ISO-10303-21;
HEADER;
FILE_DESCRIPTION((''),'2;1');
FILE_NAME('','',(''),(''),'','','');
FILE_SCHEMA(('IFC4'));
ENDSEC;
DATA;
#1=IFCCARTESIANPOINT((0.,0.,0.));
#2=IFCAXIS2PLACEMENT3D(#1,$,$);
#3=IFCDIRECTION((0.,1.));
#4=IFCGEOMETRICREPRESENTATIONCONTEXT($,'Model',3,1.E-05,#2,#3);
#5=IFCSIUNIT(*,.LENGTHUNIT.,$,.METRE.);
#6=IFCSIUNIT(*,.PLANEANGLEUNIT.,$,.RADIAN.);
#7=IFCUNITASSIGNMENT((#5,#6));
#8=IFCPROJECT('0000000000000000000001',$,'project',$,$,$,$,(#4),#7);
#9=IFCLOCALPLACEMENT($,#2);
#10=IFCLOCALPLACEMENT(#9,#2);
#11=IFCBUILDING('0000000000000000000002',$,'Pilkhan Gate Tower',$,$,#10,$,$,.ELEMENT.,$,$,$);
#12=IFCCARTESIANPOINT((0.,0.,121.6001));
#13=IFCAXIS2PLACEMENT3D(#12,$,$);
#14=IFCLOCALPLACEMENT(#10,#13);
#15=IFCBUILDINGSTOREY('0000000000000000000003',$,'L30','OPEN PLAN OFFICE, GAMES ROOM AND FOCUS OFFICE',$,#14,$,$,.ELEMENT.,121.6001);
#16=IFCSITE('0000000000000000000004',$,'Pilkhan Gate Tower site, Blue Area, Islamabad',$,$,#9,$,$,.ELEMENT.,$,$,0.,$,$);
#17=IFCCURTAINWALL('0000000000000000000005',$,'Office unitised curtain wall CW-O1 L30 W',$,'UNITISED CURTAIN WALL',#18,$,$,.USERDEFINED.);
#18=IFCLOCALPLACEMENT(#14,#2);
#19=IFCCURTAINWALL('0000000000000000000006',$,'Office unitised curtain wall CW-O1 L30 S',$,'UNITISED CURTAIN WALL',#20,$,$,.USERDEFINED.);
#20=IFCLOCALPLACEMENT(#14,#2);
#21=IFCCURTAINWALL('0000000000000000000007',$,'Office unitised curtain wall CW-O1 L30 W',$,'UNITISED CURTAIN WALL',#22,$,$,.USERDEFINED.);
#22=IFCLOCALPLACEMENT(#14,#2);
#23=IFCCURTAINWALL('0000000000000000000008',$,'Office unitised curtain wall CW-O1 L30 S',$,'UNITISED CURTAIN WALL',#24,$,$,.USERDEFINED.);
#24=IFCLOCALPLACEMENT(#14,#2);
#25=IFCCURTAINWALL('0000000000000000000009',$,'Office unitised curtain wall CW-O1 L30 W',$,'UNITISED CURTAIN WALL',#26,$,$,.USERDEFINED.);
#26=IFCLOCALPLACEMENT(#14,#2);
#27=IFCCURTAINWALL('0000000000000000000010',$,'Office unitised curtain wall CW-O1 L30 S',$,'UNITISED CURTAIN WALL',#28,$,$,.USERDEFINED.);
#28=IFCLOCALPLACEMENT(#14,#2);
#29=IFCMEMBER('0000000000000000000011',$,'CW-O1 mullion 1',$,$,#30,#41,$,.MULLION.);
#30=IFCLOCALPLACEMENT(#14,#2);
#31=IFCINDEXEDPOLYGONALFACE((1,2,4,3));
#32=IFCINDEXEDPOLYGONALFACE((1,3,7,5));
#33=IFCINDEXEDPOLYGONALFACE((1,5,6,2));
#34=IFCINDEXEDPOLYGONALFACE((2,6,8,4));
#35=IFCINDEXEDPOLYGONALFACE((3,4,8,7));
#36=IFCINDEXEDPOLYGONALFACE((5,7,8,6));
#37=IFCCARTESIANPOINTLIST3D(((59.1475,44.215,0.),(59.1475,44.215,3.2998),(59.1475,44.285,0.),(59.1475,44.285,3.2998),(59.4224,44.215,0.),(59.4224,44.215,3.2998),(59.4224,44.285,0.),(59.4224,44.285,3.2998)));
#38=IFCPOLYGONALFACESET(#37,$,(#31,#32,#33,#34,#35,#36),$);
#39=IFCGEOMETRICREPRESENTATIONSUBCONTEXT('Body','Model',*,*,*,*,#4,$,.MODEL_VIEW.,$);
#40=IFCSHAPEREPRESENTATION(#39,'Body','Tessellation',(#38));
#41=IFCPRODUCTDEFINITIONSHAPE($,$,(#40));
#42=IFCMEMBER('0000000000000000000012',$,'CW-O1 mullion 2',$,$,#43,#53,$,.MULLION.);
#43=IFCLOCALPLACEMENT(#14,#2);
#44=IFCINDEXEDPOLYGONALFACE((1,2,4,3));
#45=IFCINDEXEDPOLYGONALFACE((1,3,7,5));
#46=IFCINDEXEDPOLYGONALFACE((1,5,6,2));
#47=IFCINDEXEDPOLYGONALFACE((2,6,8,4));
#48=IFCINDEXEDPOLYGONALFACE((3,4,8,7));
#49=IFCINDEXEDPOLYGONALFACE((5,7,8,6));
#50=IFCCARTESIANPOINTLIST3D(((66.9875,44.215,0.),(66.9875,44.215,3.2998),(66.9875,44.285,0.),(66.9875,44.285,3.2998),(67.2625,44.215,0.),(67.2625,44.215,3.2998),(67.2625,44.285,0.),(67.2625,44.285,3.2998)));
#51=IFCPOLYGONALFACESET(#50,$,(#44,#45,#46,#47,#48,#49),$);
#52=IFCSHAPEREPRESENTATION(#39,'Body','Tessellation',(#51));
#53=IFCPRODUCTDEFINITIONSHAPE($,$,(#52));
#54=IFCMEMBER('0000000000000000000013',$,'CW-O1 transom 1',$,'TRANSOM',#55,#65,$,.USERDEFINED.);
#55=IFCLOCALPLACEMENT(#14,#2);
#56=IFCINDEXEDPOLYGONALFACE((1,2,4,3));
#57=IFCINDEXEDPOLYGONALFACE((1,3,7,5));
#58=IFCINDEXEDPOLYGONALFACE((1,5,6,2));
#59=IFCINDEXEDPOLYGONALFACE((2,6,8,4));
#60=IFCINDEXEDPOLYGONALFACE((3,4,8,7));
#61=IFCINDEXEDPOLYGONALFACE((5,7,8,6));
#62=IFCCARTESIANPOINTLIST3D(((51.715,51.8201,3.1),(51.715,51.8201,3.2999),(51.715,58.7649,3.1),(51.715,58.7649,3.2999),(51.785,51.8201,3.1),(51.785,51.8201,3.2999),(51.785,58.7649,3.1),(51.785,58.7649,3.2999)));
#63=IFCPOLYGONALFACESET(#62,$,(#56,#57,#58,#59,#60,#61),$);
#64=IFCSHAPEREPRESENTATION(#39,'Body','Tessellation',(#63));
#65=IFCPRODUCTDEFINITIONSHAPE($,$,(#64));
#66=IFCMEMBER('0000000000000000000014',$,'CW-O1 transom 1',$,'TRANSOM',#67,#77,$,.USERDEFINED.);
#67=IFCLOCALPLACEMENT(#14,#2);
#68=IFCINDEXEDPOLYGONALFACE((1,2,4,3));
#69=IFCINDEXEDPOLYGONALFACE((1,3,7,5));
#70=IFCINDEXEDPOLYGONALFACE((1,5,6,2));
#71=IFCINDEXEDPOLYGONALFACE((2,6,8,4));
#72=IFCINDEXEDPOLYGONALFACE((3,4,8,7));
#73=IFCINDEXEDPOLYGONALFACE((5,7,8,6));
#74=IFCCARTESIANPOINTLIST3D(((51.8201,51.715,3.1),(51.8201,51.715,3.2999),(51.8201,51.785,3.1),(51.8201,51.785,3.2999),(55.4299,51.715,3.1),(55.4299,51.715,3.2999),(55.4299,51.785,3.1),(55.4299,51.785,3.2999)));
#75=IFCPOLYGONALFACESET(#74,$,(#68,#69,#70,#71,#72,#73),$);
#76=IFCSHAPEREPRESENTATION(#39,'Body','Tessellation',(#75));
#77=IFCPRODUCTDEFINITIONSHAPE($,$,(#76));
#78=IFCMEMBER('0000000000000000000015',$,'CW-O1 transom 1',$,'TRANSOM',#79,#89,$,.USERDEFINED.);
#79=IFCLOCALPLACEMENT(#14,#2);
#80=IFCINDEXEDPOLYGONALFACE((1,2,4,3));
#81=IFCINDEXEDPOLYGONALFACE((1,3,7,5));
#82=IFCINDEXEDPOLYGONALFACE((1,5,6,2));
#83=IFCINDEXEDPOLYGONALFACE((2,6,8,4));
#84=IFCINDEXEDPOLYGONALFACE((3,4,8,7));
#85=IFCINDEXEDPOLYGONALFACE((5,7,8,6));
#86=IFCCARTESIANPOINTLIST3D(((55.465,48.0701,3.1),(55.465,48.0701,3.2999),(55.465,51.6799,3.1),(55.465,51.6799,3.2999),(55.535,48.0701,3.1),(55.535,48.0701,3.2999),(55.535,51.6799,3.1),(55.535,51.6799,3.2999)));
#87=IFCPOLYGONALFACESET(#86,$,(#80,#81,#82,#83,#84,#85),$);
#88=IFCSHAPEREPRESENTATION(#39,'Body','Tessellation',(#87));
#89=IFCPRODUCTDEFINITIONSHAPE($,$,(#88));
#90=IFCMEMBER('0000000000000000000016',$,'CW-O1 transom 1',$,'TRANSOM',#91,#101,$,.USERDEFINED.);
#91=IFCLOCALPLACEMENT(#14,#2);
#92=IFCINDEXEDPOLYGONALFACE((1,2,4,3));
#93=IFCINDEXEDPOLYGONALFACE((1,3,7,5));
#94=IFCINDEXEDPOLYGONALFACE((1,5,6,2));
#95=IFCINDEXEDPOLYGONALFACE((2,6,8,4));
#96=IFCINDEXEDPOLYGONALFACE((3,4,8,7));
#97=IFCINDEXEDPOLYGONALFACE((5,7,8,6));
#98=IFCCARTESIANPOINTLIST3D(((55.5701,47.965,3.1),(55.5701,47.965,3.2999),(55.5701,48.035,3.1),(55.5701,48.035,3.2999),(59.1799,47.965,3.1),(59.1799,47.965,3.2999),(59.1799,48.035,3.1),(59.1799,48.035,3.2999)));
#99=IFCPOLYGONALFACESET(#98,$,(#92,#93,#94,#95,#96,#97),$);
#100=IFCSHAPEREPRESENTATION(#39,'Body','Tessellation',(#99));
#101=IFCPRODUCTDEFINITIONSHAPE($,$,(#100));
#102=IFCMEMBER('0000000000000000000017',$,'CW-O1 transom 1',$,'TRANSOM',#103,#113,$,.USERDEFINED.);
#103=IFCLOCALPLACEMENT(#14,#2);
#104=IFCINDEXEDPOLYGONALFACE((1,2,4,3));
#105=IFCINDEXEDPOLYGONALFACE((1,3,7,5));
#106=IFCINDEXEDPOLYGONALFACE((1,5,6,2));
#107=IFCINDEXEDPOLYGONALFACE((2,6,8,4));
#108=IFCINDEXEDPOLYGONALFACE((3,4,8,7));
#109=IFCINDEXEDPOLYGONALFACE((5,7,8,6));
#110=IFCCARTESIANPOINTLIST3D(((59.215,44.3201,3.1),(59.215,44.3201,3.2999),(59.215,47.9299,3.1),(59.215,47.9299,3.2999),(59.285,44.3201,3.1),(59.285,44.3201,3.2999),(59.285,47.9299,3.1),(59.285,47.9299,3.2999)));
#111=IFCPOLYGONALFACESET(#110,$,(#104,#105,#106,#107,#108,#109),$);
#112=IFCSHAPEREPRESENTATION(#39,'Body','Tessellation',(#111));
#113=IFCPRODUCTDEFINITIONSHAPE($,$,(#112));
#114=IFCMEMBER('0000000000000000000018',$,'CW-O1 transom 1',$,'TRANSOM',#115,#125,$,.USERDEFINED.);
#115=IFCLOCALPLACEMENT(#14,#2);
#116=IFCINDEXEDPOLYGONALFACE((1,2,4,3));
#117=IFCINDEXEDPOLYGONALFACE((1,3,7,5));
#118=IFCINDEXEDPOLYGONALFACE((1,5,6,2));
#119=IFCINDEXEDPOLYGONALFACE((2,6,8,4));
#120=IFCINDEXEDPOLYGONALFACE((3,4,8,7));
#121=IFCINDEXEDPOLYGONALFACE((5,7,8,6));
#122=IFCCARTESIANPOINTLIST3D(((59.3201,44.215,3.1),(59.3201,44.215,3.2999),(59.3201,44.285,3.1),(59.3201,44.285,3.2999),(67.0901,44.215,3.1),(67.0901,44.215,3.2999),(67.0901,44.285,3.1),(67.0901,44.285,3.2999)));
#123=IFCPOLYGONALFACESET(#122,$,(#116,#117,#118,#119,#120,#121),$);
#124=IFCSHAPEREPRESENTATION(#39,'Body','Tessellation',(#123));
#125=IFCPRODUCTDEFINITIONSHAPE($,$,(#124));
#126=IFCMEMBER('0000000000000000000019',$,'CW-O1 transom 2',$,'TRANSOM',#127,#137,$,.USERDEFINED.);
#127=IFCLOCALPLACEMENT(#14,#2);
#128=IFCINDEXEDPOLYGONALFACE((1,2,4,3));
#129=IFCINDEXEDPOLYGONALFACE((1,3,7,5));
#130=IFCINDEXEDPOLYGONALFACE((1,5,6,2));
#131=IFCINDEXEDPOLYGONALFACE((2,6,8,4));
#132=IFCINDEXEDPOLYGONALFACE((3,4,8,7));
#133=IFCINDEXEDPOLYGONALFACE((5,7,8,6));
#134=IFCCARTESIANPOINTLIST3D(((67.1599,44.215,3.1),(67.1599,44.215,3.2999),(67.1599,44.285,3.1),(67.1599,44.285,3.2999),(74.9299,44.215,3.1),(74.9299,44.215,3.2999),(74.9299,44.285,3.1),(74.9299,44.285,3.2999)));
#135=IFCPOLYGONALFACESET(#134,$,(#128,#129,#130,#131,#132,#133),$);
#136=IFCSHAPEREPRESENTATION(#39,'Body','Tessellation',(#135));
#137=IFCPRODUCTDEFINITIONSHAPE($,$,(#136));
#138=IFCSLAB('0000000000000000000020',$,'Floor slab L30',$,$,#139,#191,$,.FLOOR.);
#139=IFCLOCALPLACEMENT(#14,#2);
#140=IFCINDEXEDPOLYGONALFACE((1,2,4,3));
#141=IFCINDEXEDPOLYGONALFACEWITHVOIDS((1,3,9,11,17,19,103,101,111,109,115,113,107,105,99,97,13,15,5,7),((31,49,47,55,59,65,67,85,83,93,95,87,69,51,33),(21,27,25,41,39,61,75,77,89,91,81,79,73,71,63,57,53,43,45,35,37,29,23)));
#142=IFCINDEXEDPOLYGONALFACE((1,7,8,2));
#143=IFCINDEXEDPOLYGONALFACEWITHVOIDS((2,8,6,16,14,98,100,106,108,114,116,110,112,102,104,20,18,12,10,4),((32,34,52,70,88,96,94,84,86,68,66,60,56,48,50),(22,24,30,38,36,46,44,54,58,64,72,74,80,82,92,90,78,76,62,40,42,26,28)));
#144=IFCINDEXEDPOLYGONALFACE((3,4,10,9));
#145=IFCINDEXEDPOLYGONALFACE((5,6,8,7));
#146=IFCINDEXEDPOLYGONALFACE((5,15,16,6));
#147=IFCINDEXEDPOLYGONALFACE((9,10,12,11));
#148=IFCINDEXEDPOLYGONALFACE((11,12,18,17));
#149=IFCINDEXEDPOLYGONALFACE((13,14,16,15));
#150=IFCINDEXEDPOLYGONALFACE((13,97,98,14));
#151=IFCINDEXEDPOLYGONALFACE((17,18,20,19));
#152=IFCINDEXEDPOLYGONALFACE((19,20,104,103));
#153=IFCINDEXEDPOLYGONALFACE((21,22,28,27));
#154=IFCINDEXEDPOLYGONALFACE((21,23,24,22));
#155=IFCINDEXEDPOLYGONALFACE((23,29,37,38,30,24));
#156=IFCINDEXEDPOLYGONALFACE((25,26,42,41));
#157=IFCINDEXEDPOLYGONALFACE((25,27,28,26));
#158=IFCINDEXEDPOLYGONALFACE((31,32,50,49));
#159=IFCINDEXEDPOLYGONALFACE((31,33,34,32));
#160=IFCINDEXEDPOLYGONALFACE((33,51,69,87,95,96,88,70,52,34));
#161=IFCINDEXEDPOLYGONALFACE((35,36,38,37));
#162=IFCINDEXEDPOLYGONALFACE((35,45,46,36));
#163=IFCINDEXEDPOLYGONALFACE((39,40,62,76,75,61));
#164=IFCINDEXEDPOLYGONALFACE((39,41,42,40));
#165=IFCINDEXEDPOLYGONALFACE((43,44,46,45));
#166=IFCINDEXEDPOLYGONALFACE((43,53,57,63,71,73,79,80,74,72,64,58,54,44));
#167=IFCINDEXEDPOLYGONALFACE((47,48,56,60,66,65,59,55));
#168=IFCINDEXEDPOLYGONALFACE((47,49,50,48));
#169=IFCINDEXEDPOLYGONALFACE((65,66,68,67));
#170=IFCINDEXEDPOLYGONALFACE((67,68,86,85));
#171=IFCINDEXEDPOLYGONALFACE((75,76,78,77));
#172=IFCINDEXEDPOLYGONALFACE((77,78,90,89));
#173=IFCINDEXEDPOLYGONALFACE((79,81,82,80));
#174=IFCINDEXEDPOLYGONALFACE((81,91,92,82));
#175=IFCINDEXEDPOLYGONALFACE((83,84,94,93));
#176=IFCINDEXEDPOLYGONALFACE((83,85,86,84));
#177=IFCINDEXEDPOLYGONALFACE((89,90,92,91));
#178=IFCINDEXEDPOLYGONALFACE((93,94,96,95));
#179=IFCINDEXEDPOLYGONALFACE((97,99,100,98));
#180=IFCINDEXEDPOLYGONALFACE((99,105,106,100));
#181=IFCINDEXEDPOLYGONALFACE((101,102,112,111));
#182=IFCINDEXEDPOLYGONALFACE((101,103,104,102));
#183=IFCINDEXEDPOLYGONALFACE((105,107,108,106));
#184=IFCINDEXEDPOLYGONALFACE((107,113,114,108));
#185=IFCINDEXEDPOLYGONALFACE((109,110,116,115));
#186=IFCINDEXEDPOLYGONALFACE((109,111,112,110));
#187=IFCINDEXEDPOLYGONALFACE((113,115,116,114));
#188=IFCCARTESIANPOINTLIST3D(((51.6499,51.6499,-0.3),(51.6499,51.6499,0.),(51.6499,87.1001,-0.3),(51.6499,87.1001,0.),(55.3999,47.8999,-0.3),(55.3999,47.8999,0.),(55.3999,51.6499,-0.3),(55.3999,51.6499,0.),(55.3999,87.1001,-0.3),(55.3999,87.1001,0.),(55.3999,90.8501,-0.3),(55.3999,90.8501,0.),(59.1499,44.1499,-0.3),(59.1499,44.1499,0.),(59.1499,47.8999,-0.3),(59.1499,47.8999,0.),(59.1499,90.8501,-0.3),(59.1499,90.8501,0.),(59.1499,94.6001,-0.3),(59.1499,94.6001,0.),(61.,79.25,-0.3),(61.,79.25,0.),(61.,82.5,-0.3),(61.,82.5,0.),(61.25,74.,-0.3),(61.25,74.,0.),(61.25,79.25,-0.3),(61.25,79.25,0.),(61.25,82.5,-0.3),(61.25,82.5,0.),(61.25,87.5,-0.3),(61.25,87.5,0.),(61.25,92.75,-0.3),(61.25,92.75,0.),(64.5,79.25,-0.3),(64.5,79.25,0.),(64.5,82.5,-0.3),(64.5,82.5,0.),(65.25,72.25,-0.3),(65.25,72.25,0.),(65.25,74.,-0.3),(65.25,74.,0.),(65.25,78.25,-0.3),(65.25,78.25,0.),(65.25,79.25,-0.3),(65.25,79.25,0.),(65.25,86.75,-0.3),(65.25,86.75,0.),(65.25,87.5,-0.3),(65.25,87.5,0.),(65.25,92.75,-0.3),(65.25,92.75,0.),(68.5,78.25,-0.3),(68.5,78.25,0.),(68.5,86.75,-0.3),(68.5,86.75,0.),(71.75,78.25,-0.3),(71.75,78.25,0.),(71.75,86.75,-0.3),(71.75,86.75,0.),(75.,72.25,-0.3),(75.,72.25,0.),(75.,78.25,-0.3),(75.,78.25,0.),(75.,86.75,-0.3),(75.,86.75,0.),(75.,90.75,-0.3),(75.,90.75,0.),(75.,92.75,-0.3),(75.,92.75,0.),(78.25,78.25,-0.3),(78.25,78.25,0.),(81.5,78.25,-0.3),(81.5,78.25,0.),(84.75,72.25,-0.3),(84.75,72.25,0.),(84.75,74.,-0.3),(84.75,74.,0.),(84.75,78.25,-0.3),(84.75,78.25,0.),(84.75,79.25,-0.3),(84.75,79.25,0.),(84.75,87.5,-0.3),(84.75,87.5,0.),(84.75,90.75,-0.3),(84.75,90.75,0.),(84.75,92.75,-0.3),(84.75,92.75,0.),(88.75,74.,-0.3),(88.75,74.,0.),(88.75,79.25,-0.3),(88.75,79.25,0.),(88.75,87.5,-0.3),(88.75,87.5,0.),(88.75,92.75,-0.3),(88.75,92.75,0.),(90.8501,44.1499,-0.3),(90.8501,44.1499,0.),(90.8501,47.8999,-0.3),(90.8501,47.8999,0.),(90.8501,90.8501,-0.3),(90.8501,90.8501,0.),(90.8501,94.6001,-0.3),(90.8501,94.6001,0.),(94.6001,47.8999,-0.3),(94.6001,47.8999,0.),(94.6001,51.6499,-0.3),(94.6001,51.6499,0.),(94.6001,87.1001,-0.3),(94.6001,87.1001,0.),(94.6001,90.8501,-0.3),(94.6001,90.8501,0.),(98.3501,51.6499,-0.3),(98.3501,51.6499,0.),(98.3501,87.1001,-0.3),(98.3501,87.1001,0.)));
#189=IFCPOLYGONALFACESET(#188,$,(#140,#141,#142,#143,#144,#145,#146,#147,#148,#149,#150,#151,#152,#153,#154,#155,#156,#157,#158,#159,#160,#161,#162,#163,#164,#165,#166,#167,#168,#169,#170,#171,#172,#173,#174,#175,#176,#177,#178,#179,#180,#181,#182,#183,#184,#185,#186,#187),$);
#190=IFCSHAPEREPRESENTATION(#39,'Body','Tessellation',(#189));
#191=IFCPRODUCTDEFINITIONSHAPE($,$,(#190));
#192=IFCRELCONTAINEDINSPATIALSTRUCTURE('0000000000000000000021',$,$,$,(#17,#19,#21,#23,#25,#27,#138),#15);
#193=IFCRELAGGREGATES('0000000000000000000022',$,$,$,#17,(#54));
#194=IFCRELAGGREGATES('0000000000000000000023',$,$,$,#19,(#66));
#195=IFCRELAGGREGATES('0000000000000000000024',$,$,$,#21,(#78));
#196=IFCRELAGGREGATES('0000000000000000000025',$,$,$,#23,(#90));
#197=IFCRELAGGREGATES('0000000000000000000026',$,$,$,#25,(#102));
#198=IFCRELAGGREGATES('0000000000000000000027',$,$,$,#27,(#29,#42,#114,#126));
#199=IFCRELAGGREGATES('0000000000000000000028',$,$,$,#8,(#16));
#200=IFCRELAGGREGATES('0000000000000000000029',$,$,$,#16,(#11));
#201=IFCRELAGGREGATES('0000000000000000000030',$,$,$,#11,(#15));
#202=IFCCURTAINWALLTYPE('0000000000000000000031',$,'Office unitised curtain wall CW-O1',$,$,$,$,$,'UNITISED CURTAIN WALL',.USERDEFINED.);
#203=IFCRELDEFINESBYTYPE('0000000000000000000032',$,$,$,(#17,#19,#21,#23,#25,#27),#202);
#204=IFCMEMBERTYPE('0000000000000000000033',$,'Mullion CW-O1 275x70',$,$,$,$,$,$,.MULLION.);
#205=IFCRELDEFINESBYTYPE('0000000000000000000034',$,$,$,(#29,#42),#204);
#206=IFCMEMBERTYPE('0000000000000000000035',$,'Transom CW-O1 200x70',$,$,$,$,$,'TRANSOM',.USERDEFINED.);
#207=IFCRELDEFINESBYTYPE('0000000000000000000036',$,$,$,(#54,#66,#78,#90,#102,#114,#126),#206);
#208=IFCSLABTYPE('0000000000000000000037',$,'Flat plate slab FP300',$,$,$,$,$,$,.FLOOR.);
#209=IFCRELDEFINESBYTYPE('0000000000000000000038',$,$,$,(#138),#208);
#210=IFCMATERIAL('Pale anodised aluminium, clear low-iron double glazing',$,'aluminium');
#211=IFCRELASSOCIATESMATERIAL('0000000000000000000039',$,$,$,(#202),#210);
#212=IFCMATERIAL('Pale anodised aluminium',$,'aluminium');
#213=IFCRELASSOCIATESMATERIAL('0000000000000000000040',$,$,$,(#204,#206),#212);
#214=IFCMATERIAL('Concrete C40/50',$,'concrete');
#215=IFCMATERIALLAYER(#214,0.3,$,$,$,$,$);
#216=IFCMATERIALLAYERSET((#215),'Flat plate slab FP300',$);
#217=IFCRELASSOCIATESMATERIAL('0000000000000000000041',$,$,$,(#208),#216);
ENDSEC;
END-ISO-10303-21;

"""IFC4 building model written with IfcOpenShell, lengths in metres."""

from ifc_helpers import new_model, si_unit, direction, frame, origin, origin_2d, place, context, subcontext, project, spatial, polyline, rectangle, outline, extrude, material, layer, layer_set, material_profile, profile_set, type_object, element, aggregate, save


model = new_model("IFC4")

# Units and contexts
model_context = context("Model", 3, precision=1e-05, world=origin(), true_north=direction((0.0, 1.0)))
body_context = subcontext(model_context, "Body", "Model", "MODEL_VIEW")
ifc_project = project(units=[si_unit("LENGTHUNIT", "METRE"), si_unit("PLANEANGLEUNIT", "RADIAN")], contexts=[model_context])

# Site, building, storey
site_placement = place(None, origin())
site = spatial("IfcSite", under=ifc_project, at=site_placement, Name="Pilkhan Gate Tower site, Blue Area, Islamabad", CompositionType="ELEMENT", RefElevation=0.0)
building_placement = place(site_placement, origin())
building = spatial("IfcBuilding", under=site, at=building_placement, Name="Pilkhan Gate Tower", CompositionType="ELEMENT")
storey_placement = place(building_placement, frame((0.0, 0.0, 121.6001)))
storey = spatial("IfcBuildingStorey", under=building, at=storey_placement, Name="L30", Description="OPEN PLAN OFFICE, GAMES ROOM AND FOCUS OFFICE", CompositionType="ELEMENT", Elevation=121.6001)

# Curtain wall
ifc_material_1 = material(Name="Pale anodised aluminium, clear low-iron double glazing", Category="aluminium")
curtain_wall_type = type_object("IfcCurtainWallType", Name="Office unitised curtain wall CW-O1", ElementType="UNITISED CURTAIN WALL", PredefinedType="USERDEFINED", material=ifc_material_1)
curtain_wall_1_placement = place(storey_placement, origin())
curtain_wall_1 = element("IfcCurtainWall", 1, at=curtain_wall_1_placement, inside=storey, type_object=curtain_wall_type, Name="Office unitised curtain wall CW-O1 L30 W", ObjectType="UNITISED CURTAIN WALL", PredefinedType="USERDEFINED")
ifc_material_2 = material(Name="Pale anodised aluminium", Category="aluminium")
ifc_material_profile_1 = material_profile(ifc_material_2, rectangle(XDim=0.0701, YDim=0.2749, at=origin_2d()), Name="Mullion 275x70")
ifc_profile_set_1 = profile_set([ifc_material_profile_1], Name="Pale anodised aluminium")
member_type_1 = type_object("IfcMemberType", Name="Mullion CW-O1 275x70", PredefinedType="MULLION", material=ifc_profile_set_1)

# Curtain walls, members
curtain_wall_2_placement = place(storey_placement, origin())
curtain_wall_2 = element("IfcCurtainWall", 2, at=curtain_wall_2_placement, inside=storey, type_object=curtain_wall_type, Name="Office unitised curtain wall CW-O1 L30 S", ObjectType="UNITISED CURTAIN WALL", PredefinedType="USERDEFINED")
curtain_wall_3_placement = place(storey_placement, origin())
curtain_wall_3 = element("IfcCurtainWall", 3, at=curtain_wall_3_placement, inside=storey, type_object=curtain_wall_type, Name="Office unitised curtain wall CW-O1 L30 W", ObjectType="UNITISED CURTAIN WALL", PredefinedType="USERDEFINED")
curtain_wall_4_placement = place(storey_placement, origin())
curtain_wall_4 = element("IfcCurtainWall", 4, at=curtain_wall_4_placement, inside=storey, type_object=curtain_wall_type, Name="Office unitised curtain wall CW-O1 L30 S", ObjectType="UNITISED CURTAIN WALL", PredefinedType="USERDEFINED")
curtain_wall_5_placement = place(storey_placement, origin())
curtain_wall_5 = element("IfcCurtainWall", 5, at=curtain_wall_5_placement, inside=storey, type_object=curtain_wall_type, Name="Office unitised curtain wall CW-O1 L30 W", ObjectType="UNITISED CURTAIN WALL", PredefinedType="USERDEFINED")
curtain_wall_6_placement = place(storey_placement, origin())
curtain_wall_6 = element("IfcCurtainWall", 6, at=curtain_wall_6_placement, inside=storey, type_object=curtain_wall_type, Name="Office unitised curtain wall CW-O1 L30 S", ObjectType="UNITISED CURTAIN WALL", PredefinedType="USERDEFINED")
member_1_placement = place(storey_placement, frame((59.2849, 44.25, 0.0), z_axis=(0.0, 0.0, 1.0), x_axis=(0.0, 1.0, 0.0)))
member_1 = element("IfcMember", 7, at=member_1_placement, type_object=member_type_1, Name="CW-O1 mullion 1", PredefinedType="MULLION", context=body_context, shape_type="SweptSolid", body=[
    extrude(rectangle(XDim=0.0701, YDim=0.2749, at=origin_2d()), origin(), (0.0, 0.0, 1.0), 3.2998),
])
member_2_placement = place(storey_placement, frame((67.125, 44.25, 0.0), z_axis=(0.0, 0.0, 1.0), x_axis=(0.0, 1.0, 0.0)))
member_2 = element("IfcMember", 8, at=member_2_placement, type_object=member_type_1, Name="CW-O1 mullion 2", PredefinedType="MULLION", context=body_context, shape_type="SweptSolid", body=[
    extrude(rectangle(XDim=0.0701, YDim=0.2749, at=origin_2d()), origin(), (0.0, 0.0, 1.0), 3.2998),
])

# Members
ifc_material_profile_2 = material_profile(ifc_material_2, rectangle(XDim=0.0701, YDim=0.2, at=origin_2d()), Name="Transom 200x70")
ifc_profile_set_2 = profile_set([ifc_material_profile_2], Name="Pale anodised aluminium")
member_type_2 = type_object("IfcMemberType", Name="Transom CW-O1 200x70", ElementType="TRANSOM", PredefinedType="USERDEFINED", material=ifc_profile_set_2)
member_3_placement = place(storey_placement, frame((51.75, 51.8201, 3.2), z_axis=(0.0, 1.0, 0.0), x_axis=(-1.0, 0.0, 0.0)))
member_3 = element("IfcMember", 9, at=member_3_placement, type_object=member_type_2, Name="CW-O1 transom 1", ObjectType="TRANSOM", PredefinedType="USERDEFINED", context=body_context, shape_type="SweptSolid", body=[
    extrude(rectangle(XDim=0.0701, YDim=0.2, at=origin_2d()), origin(), (0.0, 0.0, 1.0), 6.9448),
])
aggregate(curtain_wall_1, [member_3])
member_4_placement = place(storey_placement, frame((51.8201, 51.75, 3.2), z_axis=(1.0, 0.0, 0.0), x_axis=(0.0, 1.0, 0.0)))
member_4 = element("IfcMember", 10, at=member_4_placement, type_object=member_type_2, Name="CW-O1 transom 1", ObjectType="TRANSOM", PredefinedType="USERDEFINED", context=body_context, shape_type="SweptSolid", body=[
    extrude(rectangle(XDim=0.0701, YDim=0.2, at=origin_2d()), origin(), (0.0, 0.0, 1.0), 3.6099),
])
member_5_placement = place(storey_placement, frame((55.5, 48.0701, 3.2), z_axis=(0.0, 1.0, 0.0), x_axis=(-1.0, 0.0, 0.0)))
member_5 = element("IfcMember", 11, at=member_5_placement, type_object=member_type_2, Name="CW-O1 transom 1", ObjectType="TRANSOM", PredefinedType="USERDEFINED", context=body_context, shape_type="SweptSolid", body=[
    extrude(rectangle(XDim=0.0701, YDim=0.2, at=origin_2d()), origin(), (0.0, 0.0, 1.0), 3.6099),
])
member_6_placement = place(storey_placement, frame((55.5701, 48.0, 3.2), z_axis=(1.0, 0.0, 0.0), x_axis=(0.0, 1.0, 0.0)))
member_6 = element("IfcMember", 12, at=member_6_placement, type_object=member_type_2, Name="CW-O1 transom 1", ObjectType="TRANSOM", PredefinedType="USERDEFINED", context=body_context, shape_type="SweptSolid", body=[
    extrude(rectangle(XDim=0.0701, YDim=0.2, at=origin_2d()), origin(), (0.0, 0.0, 1.0), 3.6099),
])
member_7_placement = place(storey_placement, frame((59.25, 44.3201, 3.2), z_axis=(0.0, 1.0, 0.0), x_axis=(-1.0, 0.0, 0.0)))
member_7 = element("IfcMember", 13, at=member_7_placement, type_object=member_type_2, Name="CW-O1 transom 1", ObjectType="TRANSOM", PredefinedType="USERDEFINED", context=body_context, shape_type="SweptSolid", body=[
    extrude(rectangle(XDim=0.0701, YDim=0.2, at=origin_2d()), origin(), (0.0, 0.0, 1.0), 3.6099),
])
member_8_placement = place(storey_placement, frame((59.3201, 44.25, 3.2), z_axis=(1.0, 0.0, 0.0), x_axis=(0.0, 1.0, 0.0)))
member_8 = element("IfcMember", 14, at=member_8_placement, type_object=member_type_2, Name="CW-O1 transom 1", ObjectType="TRANSOM", PredefinedType="USERDEFINED", context=body_context, shape_type="SweptSolid", body=[
    extrude(rectangle(XDim=0.0701, YDim=0.2, at=origin_2d()), origin(), (0.0, 0.0, 1.0), 7.77),
])
member_9_placement = place(storey_placement, frame((67.1599, 44.25, 3.2), z_axis=(1.0, 0.0, 0.0), x_axis=(0.0, 1.0, 0.0)))
member_9 = element("IfcMember", 15, at=member_9_placement, type_object=member_type_2, Name="CW-O1 transom 2", ObjectType="TRANSOM", PredefinedType="USERDEFINED", context=body_context, shape_type="SweptSolid", body=[
    extrude(rectangle(XDim=0.0701, YDim=0.2, at=origin_2d()), origin(), (0.0, 0.0, 1.0), 7.77),
])

# Slab
ifc_material_3 = material(Name="Concrete C40/50", Category="concrete")
ifc_layer_1 = layer(ifc_material_3, 0.3)
ifc_layer_set_1 = layer_set([ifc_layer_1], Name="Flat plate slab FP300")
slab_type_1 = type_object("IfcSlabType", Name="Flat plate slab FP300", PredefinedType="FLOOR", material=ifc_layer_set_1)
slab_1_placement = place(storey_placement, frame((0.0, 0.0, -0.3)))
element("IfcSlab", 16, at=slab_1_placement, inside=storey, type_object=slab_type_1, Name="Floor slab L30", PredefinedType="FLOOR", context=body_context, shape_type="SweptSolid", body=[
    extrude(outline(polyline([(94.6001, 47.8999), (90.8501, 47.8999), (90.8501, 44.1499), (59.1499, 44.1499), (59.1499, 47.8999), (55.3999, 47.8999), (55.3999, 51.6499), (51.6499, 51.6499), (51.6499, 87.1001), (55.3999, 87.1001), (55.3999, 90.8501), (59.1499, 90.8501), (59.1499, 94.6001), (90.8501, 94.6001), (90.8501, 90.8501), (94.6001, 90.8501), (94.6001, 87.1001), (98.3501, 87.1001), (98.3501, 51.6499), (94.6001, 51.6499), (94.6001, 47.8999)]), holes=[polyline([(65.25, 87.5), (65.25, 86.75), (68.5, 86.75), (71.75, 86.75), (75.0, 86.75), (75.0, 90.75), (84.75, 90.75), (84.75, 87.5), (88.75, 87.5), (88.75, 92.75), (84.75, 92.75), (75.0, 92.75), (65.25, 92.75), (61.25, 92.75), (61.25, 87.5), (65.25, 87.5)]), polyline([(75.0, 72.25), (84.75, 72.25), (84.75, 74.0), (88.75, 74.0), (88.75, 79.25), (84.75, 79.25), (84.75, 78.25), (81.5, 78.25), (78.25, 78.25), (75.0, 78.25), (71.75, 78.25), (68.5, 78.25), (65.25, 78.25), (65.25, 79.25), (64.5, 79.25), (64.5, 82.5), (61.25, 82.5), (61.0, 82.5), (61.0, 79.25), (61.25, 79.25), (61.25, 74.0), (65.25, 74.0), (65.25, 72.25), (75.0, 72.25)])]), origin(), (0.0, 0.0, 1.0), 0.3),
])

aggregate(curtain_wall_2, [member_4])
aggregate(curtain_wall_3, [member_5])
aggregate(curtain_wall_4, [member_6])
aggregate(curtain_wall_5, [member_7])
aggregate(curtain_wall_6, [member_1, member_2, member_8, member_9])

save(model, "model.ifc")
